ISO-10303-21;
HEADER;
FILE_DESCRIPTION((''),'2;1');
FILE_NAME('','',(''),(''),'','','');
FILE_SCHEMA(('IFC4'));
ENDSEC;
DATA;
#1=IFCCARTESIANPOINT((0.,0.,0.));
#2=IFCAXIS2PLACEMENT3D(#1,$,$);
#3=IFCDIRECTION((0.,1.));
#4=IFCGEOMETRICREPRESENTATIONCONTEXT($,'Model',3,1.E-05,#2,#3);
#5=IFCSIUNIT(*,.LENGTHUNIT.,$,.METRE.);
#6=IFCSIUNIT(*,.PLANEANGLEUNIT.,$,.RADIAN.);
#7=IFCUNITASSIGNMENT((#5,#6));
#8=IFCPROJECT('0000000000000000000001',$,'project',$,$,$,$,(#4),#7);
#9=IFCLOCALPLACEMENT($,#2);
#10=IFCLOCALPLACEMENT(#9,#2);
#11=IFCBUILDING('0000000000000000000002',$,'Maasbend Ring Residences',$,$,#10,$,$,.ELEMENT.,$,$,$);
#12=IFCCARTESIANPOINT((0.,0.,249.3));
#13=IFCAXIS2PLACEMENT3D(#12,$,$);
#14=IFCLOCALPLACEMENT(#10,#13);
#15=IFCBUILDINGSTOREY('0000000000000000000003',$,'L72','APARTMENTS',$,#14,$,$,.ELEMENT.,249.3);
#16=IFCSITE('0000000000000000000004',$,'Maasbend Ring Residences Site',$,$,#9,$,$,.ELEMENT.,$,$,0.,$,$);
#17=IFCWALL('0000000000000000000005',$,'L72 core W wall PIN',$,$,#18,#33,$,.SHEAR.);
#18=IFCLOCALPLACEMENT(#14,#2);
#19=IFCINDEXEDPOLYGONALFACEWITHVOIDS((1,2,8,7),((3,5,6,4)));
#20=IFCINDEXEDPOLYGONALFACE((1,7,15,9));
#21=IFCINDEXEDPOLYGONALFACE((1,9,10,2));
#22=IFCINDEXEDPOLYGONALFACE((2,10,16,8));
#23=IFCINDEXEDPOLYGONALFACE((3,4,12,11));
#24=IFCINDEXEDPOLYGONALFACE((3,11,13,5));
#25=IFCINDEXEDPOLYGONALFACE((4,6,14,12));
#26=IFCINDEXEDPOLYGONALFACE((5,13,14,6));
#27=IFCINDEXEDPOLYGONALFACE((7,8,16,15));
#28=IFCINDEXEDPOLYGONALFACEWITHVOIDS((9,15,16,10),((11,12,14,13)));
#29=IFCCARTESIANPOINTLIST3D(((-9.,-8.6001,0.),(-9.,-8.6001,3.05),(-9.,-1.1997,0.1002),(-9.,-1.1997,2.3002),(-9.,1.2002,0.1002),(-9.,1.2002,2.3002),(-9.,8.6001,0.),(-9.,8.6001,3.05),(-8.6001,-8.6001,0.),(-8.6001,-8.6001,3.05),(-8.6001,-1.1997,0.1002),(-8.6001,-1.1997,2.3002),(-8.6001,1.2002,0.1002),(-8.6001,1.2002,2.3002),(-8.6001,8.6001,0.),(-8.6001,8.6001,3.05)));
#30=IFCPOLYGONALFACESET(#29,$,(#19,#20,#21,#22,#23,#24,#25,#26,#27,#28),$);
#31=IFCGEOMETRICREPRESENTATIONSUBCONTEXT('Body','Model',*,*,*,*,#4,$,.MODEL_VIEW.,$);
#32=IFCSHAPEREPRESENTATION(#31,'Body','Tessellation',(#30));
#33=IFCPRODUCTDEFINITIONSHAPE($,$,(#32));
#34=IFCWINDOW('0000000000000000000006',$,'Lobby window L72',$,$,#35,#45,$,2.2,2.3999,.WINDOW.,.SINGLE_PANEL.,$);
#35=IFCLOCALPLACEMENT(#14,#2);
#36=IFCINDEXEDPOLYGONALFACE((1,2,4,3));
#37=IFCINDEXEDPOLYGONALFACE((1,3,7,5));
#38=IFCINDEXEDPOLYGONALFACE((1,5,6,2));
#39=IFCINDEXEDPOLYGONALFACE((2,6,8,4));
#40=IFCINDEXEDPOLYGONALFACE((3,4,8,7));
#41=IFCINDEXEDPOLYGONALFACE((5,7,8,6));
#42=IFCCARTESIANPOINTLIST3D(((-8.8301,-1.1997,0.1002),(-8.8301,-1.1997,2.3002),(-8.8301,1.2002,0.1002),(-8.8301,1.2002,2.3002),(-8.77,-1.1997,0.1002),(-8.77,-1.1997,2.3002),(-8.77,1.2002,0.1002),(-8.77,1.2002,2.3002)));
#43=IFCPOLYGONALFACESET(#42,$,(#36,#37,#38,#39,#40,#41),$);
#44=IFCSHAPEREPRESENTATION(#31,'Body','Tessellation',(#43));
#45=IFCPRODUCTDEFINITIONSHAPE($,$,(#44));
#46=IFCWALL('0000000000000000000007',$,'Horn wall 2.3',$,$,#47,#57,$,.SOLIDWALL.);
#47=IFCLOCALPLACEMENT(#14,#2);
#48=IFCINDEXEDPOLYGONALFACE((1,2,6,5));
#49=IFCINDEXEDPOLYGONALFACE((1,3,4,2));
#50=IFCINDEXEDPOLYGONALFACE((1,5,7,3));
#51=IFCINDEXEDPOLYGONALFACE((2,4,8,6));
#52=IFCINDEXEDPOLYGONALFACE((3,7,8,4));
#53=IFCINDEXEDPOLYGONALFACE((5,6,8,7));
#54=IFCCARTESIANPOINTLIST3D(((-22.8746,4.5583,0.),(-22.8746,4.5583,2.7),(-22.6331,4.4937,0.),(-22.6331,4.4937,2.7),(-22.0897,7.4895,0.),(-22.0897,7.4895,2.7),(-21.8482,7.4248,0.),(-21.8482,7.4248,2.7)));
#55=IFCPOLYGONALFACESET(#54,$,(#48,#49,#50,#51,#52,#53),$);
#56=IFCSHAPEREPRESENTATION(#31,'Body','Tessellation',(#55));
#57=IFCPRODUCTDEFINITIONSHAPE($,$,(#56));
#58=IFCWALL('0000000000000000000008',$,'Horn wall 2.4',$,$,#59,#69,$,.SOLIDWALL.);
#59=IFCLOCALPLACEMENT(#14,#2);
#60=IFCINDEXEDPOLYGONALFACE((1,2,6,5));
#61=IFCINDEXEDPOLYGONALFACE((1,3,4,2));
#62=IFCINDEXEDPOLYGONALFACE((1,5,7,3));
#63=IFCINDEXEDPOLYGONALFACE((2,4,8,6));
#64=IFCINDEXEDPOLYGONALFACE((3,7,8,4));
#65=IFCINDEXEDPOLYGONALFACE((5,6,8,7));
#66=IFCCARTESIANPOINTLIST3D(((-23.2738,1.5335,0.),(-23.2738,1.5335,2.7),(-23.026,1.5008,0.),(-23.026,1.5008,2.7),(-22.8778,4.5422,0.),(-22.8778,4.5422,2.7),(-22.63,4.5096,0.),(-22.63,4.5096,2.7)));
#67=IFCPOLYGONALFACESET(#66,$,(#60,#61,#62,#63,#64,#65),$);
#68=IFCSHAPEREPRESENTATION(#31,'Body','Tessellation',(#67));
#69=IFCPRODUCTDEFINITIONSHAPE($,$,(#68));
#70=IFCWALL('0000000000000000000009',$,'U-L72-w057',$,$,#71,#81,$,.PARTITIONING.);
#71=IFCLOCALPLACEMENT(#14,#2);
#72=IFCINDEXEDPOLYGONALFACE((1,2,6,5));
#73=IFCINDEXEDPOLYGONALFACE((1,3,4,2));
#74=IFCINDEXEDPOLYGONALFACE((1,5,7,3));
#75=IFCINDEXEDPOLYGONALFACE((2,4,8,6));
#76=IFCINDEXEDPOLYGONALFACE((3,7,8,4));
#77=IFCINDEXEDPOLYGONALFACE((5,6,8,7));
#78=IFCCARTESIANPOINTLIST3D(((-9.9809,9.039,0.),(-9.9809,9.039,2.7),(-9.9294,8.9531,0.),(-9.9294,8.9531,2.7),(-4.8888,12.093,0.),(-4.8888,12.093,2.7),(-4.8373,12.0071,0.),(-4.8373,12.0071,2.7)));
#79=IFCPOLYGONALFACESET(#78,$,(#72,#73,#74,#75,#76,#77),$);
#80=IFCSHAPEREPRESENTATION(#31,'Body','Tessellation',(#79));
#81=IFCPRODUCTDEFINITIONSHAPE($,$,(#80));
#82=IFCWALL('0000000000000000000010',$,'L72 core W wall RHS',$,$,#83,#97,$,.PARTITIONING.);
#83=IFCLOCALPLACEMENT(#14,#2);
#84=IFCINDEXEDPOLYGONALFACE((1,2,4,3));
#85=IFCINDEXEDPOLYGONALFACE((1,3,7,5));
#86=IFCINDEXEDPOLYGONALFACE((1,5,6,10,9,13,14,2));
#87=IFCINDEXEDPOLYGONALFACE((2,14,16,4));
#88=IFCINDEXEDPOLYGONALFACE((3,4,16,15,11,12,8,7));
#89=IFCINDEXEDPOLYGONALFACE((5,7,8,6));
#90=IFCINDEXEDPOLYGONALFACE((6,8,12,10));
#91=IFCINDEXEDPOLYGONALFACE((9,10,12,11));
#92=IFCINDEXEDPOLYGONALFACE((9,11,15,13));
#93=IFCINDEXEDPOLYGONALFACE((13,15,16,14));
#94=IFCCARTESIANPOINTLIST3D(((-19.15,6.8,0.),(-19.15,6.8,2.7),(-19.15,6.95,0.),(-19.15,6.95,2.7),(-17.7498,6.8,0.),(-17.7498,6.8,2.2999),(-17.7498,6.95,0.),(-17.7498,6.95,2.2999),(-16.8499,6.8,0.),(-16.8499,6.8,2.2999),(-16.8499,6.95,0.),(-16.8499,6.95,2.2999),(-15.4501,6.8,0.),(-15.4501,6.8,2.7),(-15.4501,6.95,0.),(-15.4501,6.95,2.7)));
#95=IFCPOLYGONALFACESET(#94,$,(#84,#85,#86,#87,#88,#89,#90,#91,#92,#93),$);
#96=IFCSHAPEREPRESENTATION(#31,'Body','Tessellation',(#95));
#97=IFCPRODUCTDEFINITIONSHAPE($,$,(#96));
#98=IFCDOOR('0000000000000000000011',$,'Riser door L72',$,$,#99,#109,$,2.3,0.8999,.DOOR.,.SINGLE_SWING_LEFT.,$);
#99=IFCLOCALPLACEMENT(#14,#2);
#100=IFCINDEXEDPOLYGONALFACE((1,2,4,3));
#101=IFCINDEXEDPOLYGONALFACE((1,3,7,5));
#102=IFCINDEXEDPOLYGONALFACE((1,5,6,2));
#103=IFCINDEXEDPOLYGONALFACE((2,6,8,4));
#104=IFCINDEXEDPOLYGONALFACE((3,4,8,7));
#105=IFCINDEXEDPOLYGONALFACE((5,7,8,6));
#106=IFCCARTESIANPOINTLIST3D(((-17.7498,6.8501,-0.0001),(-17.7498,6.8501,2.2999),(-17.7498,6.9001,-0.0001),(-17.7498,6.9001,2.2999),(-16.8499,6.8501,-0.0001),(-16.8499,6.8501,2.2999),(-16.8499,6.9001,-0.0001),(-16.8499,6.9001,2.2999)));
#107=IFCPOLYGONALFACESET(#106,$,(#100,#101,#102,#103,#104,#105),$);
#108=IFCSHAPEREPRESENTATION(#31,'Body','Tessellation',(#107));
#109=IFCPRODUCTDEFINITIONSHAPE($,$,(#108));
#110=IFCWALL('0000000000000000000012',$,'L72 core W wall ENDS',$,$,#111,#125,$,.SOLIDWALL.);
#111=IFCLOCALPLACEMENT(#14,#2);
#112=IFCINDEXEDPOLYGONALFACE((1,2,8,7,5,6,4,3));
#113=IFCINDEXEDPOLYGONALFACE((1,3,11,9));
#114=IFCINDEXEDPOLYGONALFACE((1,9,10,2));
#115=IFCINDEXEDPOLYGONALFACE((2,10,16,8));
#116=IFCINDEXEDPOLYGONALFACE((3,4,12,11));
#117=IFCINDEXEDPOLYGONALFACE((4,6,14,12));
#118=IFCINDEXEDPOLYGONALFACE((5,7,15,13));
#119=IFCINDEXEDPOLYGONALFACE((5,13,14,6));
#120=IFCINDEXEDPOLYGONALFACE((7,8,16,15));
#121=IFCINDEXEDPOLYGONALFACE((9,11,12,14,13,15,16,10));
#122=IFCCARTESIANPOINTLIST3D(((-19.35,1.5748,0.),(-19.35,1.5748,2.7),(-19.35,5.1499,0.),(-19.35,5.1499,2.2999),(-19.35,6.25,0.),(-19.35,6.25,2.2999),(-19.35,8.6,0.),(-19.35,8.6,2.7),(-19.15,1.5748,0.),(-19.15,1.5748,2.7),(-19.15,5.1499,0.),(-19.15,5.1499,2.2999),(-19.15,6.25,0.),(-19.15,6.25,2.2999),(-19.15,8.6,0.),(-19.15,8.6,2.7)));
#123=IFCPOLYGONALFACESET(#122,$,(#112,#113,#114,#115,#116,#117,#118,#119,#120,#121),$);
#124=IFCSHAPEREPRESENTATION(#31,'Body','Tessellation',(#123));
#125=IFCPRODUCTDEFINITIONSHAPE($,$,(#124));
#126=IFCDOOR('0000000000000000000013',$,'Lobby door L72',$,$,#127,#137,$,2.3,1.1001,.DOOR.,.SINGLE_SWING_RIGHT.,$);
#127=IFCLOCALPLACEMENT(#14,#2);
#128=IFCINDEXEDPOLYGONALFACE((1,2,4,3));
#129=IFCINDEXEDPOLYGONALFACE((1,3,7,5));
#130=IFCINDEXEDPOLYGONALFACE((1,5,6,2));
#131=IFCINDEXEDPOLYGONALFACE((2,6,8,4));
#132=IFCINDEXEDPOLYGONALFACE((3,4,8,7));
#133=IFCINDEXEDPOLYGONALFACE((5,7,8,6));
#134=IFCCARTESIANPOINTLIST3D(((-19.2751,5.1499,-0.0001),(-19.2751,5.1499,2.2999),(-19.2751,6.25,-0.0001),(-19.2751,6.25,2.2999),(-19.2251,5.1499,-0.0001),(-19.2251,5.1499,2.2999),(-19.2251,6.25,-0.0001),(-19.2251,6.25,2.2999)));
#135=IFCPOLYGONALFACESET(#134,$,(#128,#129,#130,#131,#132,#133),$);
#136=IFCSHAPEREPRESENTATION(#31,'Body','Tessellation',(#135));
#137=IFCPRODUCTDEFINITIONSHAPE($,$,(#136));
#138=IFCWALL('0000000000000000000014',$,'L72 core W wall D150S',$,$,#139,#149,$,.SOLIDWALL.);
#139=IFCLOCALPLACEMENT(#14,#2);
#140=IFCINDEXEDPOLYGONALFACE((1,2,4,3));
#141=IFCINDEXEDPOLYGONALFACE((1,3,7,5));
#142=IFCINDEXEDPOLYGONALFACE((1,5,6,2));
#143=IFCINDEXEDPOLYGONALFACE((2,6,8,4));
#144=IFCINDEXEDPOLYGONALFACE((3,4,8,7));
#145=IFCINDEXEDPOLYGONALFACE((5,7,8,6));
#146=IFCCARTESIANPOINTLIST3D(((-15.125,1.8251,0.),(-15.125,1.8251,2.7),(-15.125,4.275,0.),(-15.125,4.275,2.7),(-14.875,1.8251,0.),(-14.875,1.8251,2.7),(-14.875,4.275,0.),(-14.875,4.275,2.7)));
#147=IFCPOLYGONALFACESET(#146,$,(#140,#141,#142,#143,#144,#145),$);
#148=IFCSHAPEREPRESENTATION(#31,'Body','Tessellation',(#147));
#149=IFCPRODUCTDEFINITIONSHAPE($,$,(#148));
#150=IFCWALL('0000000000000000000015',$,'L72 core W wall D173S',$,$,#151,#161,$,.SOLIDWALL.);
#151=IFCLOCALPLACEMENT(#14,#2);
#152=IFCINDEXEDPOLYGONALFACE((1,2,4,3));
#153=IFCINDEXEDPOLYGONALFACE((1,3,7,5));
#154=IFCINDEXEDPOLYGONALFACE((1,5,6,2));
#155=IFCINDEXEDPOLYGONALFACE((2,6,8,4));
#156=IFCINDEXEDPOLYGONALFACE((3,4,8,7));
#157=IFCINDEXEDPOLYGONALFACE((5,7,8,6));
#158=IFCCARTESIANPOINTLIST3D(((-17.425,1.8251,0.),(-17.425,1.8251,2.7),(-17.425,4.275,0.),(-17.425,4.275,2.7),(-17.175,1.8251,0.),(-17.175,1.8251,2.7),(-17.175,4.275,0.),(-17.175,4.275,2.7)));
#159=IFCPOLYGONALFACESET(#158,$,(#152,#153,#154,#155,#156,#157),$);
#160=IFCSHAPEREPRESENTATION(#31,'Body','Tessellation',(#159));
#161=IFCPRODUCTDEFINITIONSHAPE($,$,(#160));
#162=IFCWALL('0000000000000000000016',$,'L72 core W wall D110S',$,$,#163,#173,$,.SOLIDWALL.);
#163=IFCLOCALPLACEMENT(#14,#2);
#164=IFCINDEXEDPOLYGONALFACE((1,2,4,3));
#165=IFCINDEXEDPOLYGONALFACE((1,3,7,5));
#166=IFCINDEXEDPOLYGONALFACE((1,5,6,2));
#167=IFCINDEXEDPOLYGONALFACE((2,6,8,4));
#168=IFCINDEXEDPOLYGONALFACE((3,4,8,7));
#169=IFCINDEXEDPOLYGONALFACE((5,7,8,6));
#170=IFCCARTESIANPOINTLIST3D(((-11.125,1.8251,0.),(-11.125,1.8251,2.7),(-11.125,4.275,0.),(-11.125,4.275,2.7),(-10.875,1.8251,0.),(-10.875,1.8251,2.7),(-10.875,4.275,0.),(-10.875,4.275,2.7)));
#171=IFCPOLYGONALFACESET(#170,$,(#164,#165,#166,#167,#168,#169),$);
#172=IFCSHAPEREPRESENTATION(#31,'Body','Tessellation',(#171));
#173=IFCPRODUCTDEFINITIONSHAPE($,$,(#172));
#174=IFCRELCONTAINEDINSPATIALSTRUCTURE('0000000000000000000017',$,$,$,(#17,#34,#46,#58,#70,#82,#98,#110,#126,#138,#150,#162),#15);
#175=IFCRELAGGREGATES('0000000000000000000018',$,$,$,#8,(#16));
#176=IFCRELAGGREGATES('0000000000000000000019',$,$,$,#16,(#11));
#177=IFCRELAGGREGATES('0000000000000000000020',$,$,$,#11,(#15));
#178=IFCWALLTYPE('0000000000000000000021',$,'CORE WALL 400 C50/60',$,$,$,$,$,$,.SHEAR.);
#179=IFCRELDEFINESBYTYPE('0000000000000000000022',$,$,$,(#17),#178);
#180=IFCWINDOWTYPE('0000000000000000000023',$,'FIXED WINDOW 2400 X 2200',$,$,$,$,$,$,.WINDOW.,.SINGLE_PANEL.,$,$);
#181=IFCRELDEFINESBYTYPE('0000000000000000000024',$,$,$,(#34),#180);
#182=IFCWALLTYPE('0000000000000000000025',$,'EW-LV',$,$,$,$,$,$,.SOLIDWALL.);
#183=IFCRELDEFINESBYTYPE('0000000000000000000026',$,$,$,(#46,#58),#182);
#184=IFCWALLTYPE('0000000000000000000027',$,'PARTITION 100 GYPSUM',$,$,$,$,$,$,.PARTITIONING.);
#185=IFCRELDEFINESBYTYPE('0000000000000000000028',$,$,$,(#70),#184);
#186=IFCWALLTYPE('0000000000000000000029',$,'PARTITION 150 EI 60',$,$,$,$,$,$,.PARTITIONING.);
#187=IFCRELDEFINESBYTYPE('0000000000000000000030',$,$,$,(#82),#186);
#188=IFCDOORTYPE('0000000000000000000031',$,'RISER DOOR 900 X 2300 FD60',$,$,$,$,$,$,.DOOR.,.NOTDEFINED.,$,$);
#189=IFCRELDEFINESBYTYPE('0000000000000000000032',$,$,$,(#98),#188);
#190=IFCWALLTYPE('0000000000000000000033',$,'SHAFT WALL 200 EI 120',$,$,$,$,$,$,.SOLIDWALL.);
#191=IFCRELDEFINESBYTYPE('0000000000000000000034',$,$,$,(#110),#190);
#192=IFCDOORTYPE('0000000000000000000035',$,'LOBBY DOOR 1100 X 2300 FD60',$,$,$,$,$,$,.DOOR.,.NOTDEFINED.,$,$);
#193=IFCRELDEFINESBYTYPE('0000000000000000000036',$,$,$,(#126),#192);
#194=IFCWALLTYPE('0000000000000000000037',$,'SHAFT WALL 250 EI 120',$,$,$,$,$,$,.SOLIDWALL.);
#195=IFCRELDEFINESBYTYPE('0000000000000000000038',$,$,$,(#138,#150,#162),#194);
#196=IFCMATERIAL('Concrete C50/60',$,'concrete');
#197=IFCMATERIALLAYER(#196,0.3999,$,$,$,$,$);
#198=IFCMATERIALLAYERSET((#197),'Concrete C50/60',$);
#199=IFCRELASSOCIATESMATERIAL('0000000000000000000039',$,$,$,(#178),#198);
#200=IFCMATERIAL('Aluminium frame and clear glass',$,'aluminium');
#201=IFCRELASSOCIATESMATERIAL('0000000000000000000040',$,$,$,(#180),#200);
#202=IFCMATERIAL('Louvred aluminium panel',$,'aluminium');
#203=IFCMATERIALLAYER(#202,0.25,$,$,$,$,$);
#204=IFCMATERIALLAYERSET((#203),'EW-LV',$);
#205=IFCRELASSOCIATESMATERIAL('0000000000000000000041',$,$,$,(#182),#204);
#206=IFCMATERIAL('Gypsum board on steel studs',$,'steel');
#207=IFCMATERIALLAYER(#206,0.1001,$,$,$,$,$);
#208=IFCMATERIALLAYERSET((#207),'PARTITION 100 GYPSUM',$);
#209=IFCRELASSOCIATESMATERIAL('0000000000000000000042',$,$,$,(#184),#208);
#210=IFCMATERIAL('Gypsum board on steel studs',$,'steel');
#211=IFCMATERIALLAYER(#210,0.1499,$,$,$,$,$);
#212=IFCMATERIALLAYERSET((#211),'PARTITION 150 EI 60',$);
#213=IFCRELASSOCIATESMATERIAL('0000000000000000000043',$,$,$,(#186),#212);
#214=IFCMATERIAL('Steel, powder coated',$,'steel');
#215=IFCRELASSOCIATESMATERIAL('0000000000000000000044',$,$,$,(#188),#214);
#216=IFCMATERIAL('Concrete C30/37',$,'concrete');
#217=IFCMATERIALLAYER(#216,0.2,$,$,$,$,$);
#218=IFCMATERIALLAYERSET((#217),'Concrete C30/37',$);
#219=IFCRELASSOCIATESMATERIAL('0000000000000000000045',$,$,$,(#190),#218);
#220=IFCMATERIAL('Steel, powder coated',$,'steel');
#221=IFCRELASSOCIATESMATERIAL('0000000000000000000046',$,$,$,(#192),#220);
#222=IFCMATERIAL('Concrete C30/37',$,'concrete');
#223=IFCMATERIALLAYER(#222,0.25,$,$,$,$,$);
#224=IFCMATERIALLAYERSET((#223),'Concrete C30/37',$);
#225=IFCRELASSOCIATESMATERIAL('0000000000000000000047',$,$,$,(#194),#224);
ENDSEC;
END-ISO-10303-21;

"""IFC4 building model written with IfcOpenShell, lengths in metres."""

from ifc_helpers import new_model, si_unit, direction, frame, frame_2d, origin, place, context, subcontext, project, spatial, rectangle, extrude, material, layer, layer_set, type_object, element, fill, save


model = new_model("IFC4")

# Units and contexts
model_context = context("Model", 3, precision=1e-05, world=origin(), true_north=direction((0.0, 1.0)))
body_context = subcontext(model_context, "Body", "Model", "MODEL_VIEW")
ifc_project = project(units=[si_unit("LENGTHUNIT", "METRE"), si_unit("PLANEANGLEUNIT", "RADIAN")], contexts=[model_context])

# Site, building, storey
site_placement = place(None, origin())
site = spatial("IfcSite", under=ifc_project, at=site_placement, Name="Maasbend Ring Residences Site", CompositionType="ELEMENT", RefElevation=0.0)
building_placement = place(site_placement, origin())
building = spatial("IfcBuilding", under=site, at=building_placement, Name="Maasbend Ring Residences", CompositionType="ELEMENT")
storey_placement = place(building_placement, frame((0.0, 0.0, 249.3)))
storey = spatial("IfcBuildingStorey", under=building, at=storey_placement, Name="L72", Description="APARTMENTS", CompositionType="ELEMENT", Elevation=249.3)

# Wall, opening, window
ifc_material_1 = material(Name="Concrete C50/60", Category="concrete")
ifc_layer_1 = layer(ifc_material_1, 0.3999)
ifc_layer_set_1 = layer_set([ifc_layer_1], Name="Concrete C50/60")
wall_type_1 = type_object("IfcWallType", Name="CORE WALL 400 C50/60", PredefinedType="SHEAR", material=ifc_layer_set_1)
ifc_material_2 = material(Name="Aluminium frame and clear glass", Category="aluminium")
window_type = type_object("IfcWindowType", Name="FIXED WINDOW 2400 X 2200", PartitioningType="SINGLE_PANEL", PredefinedType="WINDOW", material=ifc_material_2)
wall_1_placement = place(storey_placement, frame((-8.8, 8.6001, 0.0), z_axis=(0.0, 0.0, 1.0), x_axis=(0.0, -1.0, 0.0)))
wall_1 = element("IfcWall", 1, at=wall_1_placement, inside=storey, type_object=wall_type_1, Name="L72 core W wall PIN", PredefinedType="SHEAR", context=body_context, shape_type="SweptSolid", body=[
    extrude(rectangle(XDim=17.2002, YDim=0.3999, at=frame_2d((8.6001, 0.0))), origin(), (0.0, 0.0, 1.0), 3.05),
])
opening_1_placement = place(wall_1_placement, frame((7.3999, 0.0, 0.1001)))
opening_1 = element("IfcOpeningElement", 2, at=opening_1_placement, cuts=wall_1, PredefinedType="OPENING", context=body_context, shape_type="SweptSolid", body=[
    extrude(rectangle(XDim=2.3999, YDim=2.2, at=frame_2d((1.2, 1.1001))), frame((0.0, 0.21, 0.0), z_axis=(0.0, -1.0, 0.0), x_axis=(1.0, 0.0, 0.0)), (0.0, 0.0, 1.0), 0.4199),
])
window_1_placement = place(opening_1_placement, origin())
window_1 = element("IfcWindow", 3, at=window_1_placement, inside=storey, type_object=window_type, Name="Lobby window L72", OverallHeight=2.2, OverallWidth=2.3999, PartitioningType="SINGLE_PANEL", PredefinedType="WINDOW", context=body_context, shape_type="SweptSolid", body=[
    extrude(rectangle(XDim=2.3999, YDim=2.2, at=frame_2d((1.2, 1.1001))), frame((0.0, 0.03, 0.0), z_axis=(0.0, -1.0, 0.0), x_axis=(1.0, 0.0, 0.0)), (0.0, 0.0, 1.0), 0.0601),
])
fill(opening_1, window_1)

# Walls
ifc_material_3 = material(Name="Louvred aluminium panel", Category="aluminium")
ifc_layer_2 = layer(ifc_material_3, 0.25)
ifc_layer_set_2 = layer_set([ifc_layer_2], Name="EW-LV")
wall_type_2 = type_object("IfcWallType", Name="EW-LV", PredefinedType="SOLIDWALL", material=ifc_layer_set_2)
wall_2_placement = place(storey_placement, frame((-21.969, 7.457, 0.0), z_axis=(0.0, 0.0, 1.0), x_axis=(-0.258669, -0.965966, 0.0)))
element("IfcWall", 4, at=wall_2_placement, inside=storey, type_object=wall_type_2, Name="Horn wall 2.3", PredefinedType="SOLIDWALL", context=body_context, shape_type="SweptSolid", body=[
    extrude(rectangle(XDim=3.0344, YDim=0.25, at=frame_2d((1.5171, 0.0))), origin(), (0.0, 0.0, 1.0), 2.7),
])
wall_3_placement = place(storey_placement, frame((-22.7539, 4.5259, 0.0), z_axis=(0.0, 0.0, 1.0), x_axis=(-0.130488, -0.99145, 0.0)))
element("IfcWall", 5, at=wall_3_placement, inside=storey, type_object=wall_type_2, Name="Horn wall 2.4", PredefinedType="SOLIDWALL", context=body_context, shape_type="SweptSolid", body=[
    extrude(rectangle(XDim=3.0347, YDim=0.25, at=frame_2d((1.5173, 0.0))), origin(), (0.0, 0.0, 1.0), 2.7),
])
ifc_material_4 = material(Name="Gypsum board on steel studs", Category="steel")
ifc_layer_3 = layer(ifc_material_4, 0.1001)
ifc_layer_set_3 = layer_set([ifc_layer_3], Name="PARTITION 100 GYPSUM")
wall_type_3 = type_object("IfcWallType", Name="PARTITION 100 GYPSUM", PredefinedType="PARTITIONING", material=ifc_layer_set_3)
wall_4_placement = place(storey_placement, frame((-9.9551, 8.9961, 0.0), z_axis=(0.0, 0.0, 1.0), x_axis=(0.857587, 0.514339, 0.0)))
element("IfcWall", 6, at=wall_4_placement, inside=storey, type_object=wall_type_3, Name="U-L72-w057", PredefinedType="PARTITIONING", context=body_context, shape_type="SweptSolid", body=[
    extrude(rectangle(XDim=5.9377, YDim=0.1001, at=frame_2d((2.9688, 0.0))), origin(), (0.0, 0.0, 1.0), 2.7),
])

# Walls, openings, doors
ifc_material_5 = material(Name="Gypsum board on steel studs", Category="steel")
ifc_layer_4 = layer(ifc_material_5, 0.1499)
ifc_layer_set_4 = layer_set([ifc_layer_4], Name="PARTITION 150 EI 60")
wall_type_4 = type_object("IfcWallType", Name="PARTITION 150 EI 60", PredefinedType="PARTITIONING", material=ifc_layer_set_4)
wall_5_placement = place(storey_placement, frame((-15.45, 6.875, 0.0), z_axis=(0.0, 0.0, 1.0), x_axis=(-1.0, 0.0, 0.0)))
wall_5 = element("IfcWall", 7, at=wall_5_placement, inside=storey, type_object=wall_type_4, Name="L72 core W wall RHS", PredefinedType="PARTITIONING", context=body_context, shape_type="SweptSolid", body=[
    extrude(rectangle(XDim=3.7, YDim=0.1499, at=frame_2d((1.8501, 0.0))), origin(), (0.0, 0.0, 1.0), 2.7),
])
opening_2_placement = place(wall_5_placement, frame((1.3999, 0.0, 0.0)))
opening_2 = element("IfcOpeningElement", 8, at=opening_2_placement, cuts=wall_5, PredefinedType="OPENING", context=body_context, shape_type="SweptSolid", body=[
    extrude(rectangle(XDim=0.8999, YDim=2.3, at=frame_2d((0.45, 1.1499))), frame((0.0, 0.085, 0.0), z_axis=(0.0, -1.0, 0.0), x_axis=(1.0, 0.0, 0.0)), (0.0, 0.0, 1.0), 0.1699),
])
ifc_material_6 = material(Name="Steel, powder coated", Category="steel")
door_type_1 = type_object("IfcDoorType", Name="RISER DOOR 900 X 2300 FD60", OperationType="NOTDEFINED", PredefinedType="DOOR", material=ifc_material_6)
door_1_placement = place(opening_2_placement, origin())
door_1 = element("IfcDoor", 9, at=door_1_placement, inside=storey, type_object=door_type_1, Name="Riser door L72", OperationType="SINGLE_SWING_LEFT", OverallHeight=2.3, OverallWidth=0.8999, PredefinedType="DOOR", context=body_context, shape_type="SweptSolid", body=[
    extrude(rectangle(XDim=0.8999, YDim=2.3, at=frame_2d((0.45, 1.1499))), frame((0.0, 0.0249, 0.0), z_axis=(0.0, -1.0, 0.0), x_axis=(1.0, 0.0, 0.0)), (0.0, 0.0, 1.0), 0.05),
])
fill(opening_2, door_1)
ifc_material_7 = material(Name="Concrete C30/37", Category="concrete")
ifc_layer_5 = layer(ifc_material_7, 0.2)
ifc_layer_set_5 = layer_set([ifc_layer_5], Name="Concrete C30/37")
wall_type_5 = type_object("IfcWallType", Name="SHAFT WALL 200 EI 120", PredefinedType="SOLIDWALL", material=ifc_layer_set_5)
wall_6_placement = place(storey_placement, frame((-19.25, 8.6001, 0.0), z_axis=(0.0, 0.0, 1.0), x_axis=(0.0, -1.0, 0.0)))
wall_6 = element("IfcWall", 10, at=wall_6_placement, inside=storey, type_object=wall_type_5, Name="L72 core W wall ENDS", PredefinedType="SOLIDWALL", context=body_context, shape_type="SweptSolid", body=[
    extrude(rectangle(XDim=7.0251, YDim=0.2, at=frame_2d((3.5127, 0.0))), origin(), (0.0, 0.0, 1.0), 2.7),
])
opening_3_placement = place(wall_6_placement, frame((2.3501, 0.0, 0.0)))
opening_3 = element("IfcOpeningElement", 11, at=opening_3_placement, cuts=wall_6, PredefinedType="OPENING", context=body_context, shape_type="SweptSolid", body=[
    extrude(rectangle(XDim=1.1001, YDim=2.3, at=frame_2d((0.55, 1.1499))), frame((0.0, 0.1099, 0.0), z_axis=(0.0, -1.0, 0.0), x_axis=(1.0, 0.0, 0.0)), (0.0, 0.0, 1.0), 0.22),
])
ifc_material_8 = material(Name="Steel, powder coated", Category="steel")
door_type_2 = type_object("IfcDoorType", Name="LOBBY DOOR 1100 X 2300 FD60", OperationType="NOTDEFINED", PredefinedType="DOOR", material=ifc_material_8)
door_2_placement = place(opening_3_placement, origin())
door_2 = element("IfcDoor", 12, at=door_2_placement, inside=storey, type_object=door_type_2, Name="Lobby door L72", OperationType="SINGLE_SWING_RIGHT", OverallHeight=2.3, OverallWidth=1.1001, PredefinedType="DOOR", context=body_context, shape_type="SweptSolid", body=[
    extrude(rectangle(XDim=1.1001, YDim=2.3, at=frame_2d((0.55, 1.1499))), frame((0.0, 0.0249, 0.0), z_axis=(0.0, -1.0, 0.0), x_axis=(1.0, 0.0, 0.0)), (0.0, 0.0, 1.0), 0.05),
])
fill(opening_3, door_2)

# Walls
ifc_material_9 = material(Name="Concrete C30/37", Category="concrete")
ifc_layer_6 = layer(ifc_material_9, 0.25)
ifc_layer_set_6 = layer_set([ifc_layer_6], Name="Concrete C30/37")
wall_type_6 = type_object("IfcWallType", Name="SHAFT WALL 250 EI 120", PredefinedType="SOLIDWALL", material=ifc_layer_set_6)
for number, where, z_axis, x_axis, name in (
    (13, (-15.0, 1.825, 0.0), (0.0, 0.0, 1.0), (0.0, 1.0, 0.0), "L72 core W wall D150S"),
    (14, (-17.3, 1.825, 0.0), (0.0, 0.0, 1.0), (0.0, 1.0, 0.0), "L72 core W wall D173S"),
    (15, (-11.0, 1.825, 0.0), (0.0, 0.0, 1.0), (0.0, 1.0, 0.0), "L72 core W wall D110S"),
):
    element("IfcWall", number, at=place(storey_placement, frame(where, z_axis=z_axis, x_axis=x_axis)), inside=storey, type_object=wall_type_6, Name=name, PredefinedType="SOLIDWALL", context=body_context, shape_type="SweptSolid", body=[
        extrude(rectangle(XDim=2.45, YDim=0.25, at=frame_2d((1.2251, 0.0))), origin(), (0.0, 0.0, 1.0), 2.7),
    ])

save(model, "model.ifc")
